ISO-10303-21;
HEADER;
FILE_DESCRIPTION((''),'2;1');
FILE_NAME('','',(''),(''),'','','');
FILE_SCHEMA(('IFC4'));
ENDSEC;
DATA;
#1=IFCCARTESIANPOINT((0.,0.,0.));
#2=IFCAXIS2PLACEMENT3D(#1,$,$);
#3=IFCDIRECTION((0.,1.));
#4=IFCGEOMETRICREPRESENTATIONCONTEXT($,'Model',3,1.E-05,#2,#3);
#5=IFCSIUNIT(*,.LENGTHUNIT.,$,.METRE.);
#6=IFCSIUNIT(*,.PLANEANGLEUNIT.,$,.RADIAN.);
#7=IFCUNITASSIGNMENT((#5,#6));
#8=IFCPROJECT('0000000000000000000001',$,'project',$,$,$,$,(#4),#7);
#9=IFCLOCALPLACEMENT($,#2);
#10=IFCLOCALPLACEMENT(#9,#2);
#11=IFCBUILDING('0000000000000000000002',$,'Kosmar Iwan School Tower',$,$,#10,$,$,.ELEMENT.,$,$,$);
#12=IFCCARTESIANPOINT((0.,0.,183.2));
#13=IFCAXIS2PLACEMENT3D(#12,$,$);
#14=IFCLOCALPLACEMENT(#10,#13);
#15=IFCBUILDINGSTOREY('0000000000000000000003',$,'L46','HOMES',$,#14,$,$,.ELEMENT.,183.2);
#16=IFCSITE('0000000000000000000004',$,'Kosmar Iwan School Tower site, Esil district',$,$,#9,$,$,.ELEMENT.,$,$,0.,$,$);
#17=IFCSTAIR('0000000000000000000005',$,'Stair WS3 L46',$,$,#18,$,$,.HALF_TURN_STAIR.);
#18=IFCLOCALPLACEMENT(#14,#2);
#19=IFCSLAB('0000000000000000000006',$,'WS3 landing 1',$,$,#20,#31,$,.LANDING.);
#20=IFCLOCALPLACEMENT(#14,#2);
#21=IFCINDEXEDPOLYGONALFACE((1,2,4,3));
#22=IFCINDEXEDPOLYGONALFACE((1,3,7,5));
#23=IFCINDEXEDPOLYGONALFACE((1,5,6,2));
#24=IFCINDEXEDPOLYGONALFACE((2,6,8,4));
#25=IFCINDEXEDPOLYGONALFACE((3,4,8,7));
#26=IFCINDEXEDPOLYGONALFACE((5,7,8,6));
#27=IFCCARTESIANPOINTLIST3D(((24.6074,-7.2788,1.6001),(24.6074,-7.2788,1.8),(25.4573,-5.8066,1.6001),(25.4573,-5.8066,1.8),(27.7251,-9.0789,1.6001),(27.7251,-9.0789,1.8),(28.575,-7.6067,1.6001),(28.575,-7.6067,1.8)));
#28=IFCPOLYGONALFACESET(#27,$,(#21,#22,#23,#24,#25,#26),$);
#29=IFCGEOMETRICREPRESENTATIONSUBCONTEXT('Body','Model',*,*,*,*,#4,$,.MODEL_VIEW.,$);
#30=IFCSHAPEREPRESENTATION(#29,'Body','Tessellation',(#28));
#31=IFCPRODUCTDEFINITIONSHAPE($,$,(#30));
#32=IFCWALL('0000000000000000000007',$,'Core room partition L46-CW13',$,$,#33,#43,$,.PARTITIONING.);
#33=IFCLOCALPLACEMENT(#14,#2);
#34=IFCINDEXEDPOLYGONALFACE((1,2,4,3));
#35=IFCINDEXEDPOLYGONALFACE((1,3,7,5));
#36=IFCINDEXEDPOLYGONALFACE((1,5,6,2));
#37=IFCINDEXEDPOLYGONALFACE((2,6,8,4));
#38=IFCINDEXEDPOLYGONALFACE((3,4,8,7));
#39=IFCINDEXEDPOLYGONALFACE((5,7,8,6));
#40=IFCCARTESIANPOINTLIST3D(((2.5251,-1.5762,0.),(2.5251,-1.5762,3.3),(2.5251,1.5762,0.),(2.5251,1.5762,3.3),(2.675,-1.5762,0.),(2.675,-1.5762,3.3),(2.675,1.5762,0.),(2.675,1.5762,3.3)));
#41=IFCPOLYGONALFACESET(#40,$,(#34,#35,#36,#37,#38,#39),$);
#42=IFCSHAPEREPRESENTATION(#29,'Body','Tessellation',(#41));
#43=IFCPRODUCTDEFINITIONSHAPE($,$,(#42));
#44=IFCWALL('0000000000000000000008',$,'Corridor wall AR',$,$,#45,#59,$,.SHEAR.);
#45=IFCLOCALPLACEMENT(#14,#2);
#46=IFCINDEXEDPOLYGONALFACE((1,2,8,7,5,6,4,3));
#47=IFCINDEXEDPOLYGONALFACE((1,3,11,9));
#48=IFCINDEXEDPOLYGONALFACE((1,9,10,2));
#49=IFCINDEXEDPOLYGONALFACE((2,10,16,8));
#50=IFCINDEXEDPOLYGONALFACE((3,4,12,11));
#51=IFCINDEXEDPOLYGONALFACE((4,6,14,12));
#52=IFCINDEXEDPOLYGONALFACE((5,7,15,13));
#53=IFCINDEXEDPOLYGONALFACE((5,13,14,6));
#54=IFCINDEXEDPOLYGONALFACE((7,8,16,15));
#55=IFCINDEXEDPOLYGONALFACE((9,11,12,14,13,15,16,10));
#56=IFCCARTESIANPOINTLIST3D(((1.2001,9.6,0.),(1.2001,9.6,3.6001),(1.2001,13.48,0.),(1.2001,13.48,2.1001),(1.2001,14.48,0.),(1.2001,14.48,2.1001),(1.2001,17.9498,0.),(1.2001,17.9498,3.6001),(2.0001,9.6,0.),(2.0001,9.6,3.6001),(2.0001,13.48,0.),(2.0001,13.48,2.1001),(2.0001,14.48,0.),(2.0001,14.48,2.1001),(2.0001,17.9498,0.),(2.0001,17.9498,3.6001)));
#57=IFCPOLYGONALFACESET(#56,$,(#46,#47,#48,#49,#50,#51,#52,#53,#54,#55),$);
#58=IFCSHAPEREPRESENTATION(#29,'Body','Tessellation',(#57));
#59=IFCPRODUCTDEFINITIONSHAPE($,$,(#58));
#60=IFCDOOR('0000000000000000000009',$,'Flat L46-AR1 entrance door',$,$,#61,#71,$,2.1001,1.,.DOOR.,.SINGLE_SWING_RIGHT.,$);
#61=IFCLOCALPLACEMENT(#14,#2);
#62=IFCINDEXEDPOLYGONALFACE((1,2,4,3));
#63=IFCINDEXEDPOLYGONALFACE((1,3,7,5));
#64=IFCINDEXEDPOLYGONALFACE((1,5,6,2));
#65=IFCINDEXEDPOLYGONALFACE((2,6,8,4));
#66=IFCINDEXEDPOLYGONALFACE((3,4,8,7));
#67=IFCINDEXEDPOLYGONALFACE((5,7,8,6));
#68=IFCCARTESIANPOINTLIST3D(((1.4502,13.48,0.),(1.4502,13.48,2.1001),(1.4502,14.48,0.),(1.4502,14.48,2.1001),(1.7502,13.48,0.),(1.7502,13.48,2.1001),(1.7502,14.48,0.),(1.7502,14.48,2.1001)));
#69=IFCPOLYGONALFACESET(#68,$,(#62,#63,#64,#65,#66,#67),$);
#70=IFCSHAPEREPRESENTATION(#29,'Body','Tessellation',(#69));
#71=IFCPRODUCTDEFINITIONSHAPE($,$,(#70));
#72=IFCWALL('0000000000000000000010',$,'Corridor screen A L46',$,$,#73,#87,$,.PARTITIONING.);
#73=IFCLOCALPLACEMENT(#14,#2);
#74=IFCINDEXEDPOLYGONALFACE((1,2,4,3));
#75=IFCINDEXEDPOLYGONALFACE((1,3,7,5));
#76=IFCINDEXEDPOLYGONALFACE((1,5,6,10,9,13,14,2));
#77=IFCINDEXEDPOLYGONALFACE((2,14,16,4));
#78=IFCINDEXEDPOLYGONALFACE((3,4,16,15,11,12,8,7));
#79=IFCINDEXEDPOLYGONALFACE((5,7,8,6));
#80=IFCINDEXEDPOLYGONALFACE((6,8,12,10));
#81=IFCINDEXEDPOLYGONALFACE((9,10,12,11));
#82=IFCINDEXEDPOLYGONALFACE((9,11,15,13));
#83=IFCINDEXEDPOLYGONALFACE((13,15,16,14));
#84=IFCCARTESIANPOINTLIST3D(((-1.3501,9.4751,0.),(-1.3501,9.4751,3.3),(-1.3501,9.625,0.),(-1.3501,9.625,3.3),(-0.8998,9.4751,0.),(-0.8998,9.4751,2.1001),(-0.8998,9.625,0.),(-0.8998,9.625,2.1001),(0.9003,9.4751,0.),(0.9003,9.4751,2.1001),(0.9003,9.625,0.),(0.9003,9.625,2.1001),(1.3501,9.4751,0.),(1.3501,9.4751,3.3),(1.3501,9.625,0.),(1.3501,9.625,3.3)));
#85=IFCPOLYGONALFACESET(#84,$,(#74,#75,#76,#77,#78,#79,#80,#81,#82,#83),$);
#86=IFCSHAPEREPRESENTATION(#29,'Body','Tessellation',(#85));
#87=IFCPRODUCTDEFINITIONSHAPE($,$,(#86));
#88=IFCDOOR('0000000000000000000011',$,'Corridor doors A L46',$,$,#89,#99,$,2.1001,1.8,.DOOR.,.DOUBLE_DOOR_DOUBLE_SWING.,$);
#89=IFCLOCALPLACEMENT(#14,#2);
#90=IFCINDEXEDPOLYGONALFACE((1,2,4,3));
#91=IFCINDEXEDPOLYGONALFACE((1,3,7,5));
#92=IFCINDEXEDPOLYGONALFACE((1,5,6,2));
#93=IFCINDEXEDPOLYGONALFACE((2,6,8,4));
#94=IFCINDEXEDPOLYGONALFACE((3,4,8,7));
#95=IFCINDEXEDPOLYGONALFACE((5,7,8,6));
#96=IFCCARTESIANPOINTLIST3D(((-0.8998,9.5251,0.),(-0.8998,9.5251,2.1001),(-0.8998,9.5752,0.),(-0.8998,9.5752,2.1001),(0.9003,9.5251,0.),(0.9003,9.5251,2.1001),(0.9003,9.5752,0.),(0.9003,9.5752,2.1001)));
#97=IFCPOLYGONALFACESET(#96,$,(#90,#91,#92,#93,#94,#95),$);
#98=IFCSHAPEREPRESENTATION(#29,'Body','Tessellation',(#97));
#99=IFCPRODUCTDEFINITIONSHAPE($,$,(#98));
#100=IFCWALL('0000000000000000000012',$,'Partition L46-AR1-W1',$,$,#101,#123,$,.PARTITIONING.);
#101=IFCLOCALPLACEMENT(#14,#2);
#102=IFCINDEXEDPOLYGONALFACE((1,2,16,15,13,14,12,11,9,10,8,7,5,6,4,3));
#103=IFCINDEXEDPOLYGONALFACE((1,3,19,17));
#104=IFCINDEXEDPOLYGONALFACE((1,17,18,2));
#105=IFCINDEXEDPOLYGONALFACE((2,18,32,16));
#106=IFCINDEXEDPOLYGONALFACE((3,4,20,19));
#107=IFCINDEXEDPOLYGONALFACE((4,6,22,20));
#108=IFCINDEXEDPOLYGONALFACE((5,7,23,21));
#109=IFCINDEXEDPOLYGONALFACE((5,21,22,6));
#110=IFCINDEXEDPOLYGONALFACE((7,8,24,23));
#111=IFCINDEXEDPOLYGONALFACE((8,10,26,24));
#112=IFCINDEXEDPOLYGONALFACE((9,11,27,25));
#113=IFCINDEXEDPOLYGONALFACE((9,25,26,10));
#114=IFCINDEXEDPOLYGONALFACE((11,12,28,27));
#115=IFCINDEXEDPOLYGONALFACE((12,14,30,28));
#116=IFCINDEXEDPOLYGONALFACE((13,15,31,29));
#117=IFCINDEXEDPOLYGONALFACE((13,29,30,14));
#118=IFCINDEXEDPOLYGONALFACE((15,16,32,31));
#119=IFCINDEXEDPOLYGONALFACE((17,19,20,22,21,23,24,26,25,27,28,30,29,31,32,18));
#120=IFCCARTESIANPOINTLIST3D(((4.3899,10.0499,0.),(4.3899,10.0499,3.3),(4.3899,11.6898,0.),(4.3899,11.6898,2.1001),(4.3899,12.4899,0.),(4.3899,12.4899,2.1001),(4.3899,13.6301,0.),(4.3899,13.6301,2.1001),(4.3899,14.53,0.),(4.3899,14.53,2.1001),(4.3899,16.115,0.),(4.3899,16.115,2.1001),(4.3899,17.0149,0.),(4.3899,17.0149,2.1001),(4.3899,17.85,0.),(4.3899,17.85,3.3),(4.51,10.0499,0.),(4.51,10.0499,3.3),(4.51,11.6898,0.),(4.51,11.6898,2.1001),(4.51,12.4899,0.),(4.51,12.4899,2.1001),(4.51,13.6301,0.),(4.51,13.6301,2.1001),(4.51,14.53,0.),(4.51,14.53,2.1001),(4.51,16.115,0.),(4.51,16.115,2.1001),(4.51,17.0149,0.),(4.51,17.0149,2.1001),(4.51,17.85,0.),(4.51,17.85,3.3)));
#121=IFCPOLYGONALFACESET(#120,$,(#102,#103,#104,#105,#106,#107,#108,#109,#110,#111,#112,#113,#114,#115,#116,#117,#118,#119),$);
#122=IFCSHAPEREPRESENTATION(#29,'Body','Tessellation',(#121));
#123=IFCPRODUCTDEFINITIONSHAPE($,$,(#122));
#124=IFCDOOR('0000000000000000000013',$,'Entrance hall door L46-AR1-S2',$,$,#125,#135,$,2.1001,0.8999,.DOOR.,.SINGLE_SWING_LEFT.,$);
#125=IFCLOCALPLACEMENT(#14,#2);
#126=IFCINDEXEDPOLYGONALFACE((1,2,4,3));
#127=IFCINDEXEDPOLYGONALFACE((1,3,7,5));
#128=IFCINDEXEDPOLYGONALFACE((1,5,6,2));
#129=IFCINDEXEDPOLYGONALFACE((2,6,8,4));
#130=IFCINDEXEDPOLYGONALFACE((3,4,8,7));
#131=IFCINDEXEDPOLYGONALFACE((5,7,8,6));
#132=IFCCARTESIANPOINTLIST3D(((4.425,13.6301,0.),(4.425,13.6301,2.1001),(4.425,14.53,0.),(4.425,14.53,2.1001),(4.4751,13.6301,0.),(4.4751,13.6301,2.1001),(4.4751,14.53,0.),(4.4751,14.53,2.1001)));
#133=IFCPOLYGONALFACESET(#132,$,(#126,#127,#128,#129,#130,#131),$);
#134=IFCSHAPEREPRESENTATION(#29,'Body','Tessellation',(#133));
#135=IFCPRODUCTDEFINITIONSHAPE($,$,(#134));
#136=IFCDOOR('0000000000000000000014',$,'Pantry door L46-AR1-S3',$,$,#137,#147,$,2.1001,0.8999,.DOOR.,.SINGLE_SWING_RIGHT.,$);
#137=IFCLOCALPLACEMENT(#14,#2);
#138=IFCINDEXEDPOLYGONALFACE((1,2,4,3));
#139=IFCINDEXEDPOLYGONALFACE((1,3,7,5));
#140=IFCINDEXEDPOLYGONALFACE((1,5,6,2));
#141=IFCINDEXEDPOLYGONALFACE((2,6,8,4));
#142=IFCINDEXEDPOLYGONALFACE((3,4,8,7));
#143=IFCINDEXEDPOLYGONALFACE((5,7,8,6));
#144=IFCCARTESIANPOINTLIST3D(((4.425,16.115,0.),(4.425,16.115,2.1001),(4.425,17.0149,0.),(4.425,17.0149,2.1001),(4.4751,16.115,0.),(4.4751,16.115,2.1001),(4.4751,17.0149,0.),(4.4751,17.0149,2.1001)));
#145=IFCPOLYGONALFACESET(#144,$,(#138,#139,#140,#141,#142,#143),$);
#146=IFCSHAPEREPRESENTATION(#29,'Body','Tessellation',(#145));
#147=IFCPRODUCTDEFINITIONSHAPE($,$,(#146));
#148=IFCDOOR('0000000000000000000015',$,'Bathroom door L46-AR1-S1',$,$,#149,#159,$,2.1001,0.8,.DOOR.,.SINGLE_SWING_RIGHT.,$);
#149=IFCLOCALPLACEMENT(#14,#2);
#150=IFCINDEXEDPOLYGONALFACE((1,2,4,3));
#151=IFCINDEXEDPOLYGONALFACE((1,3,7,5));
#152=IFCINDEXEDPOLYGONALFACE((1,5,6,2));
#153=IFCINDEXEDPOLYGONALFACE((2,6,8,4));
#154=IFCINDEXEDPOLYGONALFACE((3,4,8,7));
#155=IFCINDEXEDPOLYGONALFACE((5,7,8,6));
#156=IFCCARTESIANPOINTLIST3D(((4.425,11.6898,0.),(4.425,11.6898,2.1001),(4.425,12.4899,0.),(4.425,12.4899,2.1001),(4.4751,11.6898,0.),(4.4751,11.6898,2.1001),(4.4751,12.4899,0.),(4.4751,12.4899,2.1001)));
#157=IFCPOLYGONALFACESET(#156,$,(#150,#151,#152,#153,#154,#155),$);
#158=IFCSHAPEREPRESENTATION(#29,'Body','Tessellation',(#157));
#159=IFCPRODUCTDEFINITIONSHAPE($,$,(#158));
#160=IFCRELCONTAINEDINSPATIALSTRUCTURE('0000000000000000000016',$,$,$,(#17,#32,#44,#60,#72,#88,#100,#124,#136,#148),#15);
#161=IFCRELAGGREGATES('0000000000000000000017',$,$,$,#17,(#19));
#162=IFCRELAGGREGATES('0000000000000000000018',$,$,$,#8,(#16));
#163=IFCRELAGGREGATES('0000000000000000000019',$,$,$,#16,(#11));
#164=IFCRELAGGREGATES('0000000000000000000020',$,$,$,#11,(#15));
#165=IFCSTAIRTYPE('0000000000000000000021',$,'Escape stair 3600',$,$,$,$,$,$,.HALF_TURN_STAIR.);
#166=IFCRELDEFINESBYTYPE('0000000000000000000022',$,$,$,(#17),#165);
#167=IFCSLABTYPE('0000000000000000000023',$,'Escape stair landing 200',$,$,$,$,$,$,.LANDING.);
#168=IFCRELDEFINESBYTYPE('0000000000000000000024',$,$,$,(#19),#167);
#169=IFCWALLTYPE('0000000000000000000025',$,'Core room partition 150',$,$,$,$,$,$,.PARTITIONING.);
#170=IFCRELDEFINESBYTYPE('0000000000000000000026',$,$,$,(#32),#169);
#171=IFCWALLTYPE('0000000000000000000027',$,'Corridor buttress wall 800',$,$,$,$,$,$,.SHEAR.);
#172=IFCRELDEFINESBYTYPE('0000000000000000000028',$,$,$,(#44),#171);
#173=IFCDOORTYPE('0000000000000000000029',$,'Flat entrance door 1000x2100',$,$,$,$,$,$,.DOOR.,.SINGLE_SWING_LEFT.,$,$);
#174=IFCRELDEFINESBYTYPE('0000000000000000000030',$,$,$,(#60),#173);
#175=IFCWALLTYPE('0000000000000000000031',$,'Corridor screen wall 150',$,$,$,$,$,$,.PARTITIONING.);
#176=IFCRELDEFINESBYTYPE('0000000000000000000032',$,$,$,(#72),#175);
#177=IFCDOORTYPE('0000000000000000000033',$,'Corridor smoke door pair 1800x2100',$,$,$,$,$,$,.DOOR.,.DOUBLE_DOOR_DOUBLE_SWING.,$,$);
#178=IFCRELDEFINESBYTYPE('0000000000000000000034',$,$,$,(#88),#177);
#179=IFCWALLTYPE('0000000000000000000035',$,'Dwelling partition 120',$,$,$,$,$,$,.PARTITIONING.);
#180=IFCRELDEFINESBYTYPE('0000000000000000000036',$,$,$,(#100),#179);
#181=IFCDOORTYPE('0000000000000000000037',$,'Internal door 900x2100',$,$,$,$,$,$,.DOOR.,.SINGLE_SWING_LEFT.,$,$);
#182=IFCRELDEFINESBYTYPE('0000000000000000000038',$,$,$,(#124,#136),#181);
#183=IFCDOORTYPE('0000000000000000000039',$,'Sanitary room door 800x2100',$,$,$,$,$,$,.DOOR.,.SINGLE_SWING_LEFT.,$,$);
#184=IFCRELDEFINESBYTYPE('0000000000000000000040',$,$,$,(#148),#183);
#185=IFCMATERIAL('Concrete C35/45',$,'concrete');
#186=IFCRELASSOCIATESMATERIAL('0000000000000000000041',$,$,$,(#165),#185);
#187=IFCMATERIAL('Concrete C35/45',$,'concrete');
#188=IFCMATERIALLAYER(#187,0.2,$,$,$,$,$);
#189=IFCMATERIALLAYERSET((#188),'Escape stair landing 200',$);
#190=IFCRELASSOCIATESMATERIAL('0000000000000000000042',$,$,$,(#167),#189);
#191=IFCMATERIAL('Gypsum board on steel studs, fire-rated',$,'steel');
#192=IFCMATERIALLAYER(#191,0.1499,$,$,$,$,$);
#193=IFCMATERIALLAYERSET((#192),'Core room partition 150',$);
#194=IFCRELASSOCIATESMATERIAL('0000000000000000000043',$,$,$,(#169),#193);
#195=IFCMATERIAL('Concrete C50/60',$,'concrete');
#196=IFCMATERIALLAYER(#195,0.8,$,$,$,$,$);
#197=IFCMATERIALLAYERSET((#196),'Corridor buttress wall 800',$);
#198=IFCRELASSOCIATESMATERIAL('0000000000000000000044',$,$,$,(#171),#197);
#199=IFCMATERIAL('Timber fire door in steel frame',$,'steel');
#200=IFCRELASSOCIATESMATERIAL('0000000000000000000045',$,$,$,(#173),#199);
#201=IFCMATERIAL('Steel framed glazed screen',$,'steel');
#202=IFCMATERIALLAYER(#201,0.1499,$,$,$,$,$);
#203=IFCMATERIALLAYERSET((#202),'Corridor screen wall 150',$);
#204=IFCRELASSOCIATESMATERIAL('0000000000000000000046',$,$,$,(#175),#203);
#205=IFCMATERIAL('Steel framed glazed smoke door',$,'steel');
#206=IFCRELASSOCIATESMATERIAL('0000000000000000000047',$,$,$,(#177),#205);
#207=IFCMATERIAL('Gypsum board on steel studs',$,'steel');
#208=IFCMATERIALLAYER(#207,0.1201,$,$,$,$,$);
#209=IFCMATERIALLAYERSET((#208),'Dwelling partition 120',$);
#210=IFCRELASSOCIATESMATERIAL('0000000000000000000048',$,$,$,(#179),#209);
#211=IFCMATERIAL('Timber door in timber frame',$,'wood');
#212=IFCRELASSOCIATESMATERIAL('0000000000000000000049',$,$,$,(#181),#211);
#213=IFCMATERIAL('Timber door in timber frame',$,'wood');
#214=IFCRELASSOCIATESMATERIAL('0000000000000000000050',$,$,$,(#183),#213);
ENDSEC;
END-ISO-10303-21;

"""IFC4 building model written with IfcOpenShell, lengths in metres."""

from ifc_helpers import new_model, si_unit, direction, frame, frame_2d, origin, place, context, subcontext, project, spatial, polyline, rectangle, outline, extrude, material, layer, layer_set, type_object, element, fill, aggregate, save


model = new_model("IFC4")

# Units and contexts
model_context = context("Model", 3, precision=1e-05, world=origin(), true_north=direction((0.0, 1.0)))
body_context = subcontext(model_context, "Body", "Model", "MODEL_VIEW")
ifc_project = project(units=[si_unit("LENGTHUNIT", "METRE"), si_unit("PLANEANGLEUNIT", "RADIAN")], contexts=[model_context])

# Site, building, storey
site_placement = place(None, origin())
site = spatial("IfcSite", under=ifc_project, at=site_placement, Name="Kosmar Iwan School Tower site, Esil district", CompositionType="ELEMENT", RefElevation=0.0)
building_placement = place(site_placement, origin())
building = spatial("IfcBuilding", under=site, at=building_placement, Name="Kosmar Iwan School Tower", CompositionType="ELEMENT")
storey_placement = place(building_placement, frame((0.0, 0.0, 183.2)))
storey = spatial("IfcBuildingStorey", under=building, at=storey_placement, Name="L46", Description="HOMES", CompositionType="ELEMENT", Elevation=183.2)

# Stair, slab
ifc_material_1 = material(Name="Concrete C35/45", Category="concrete")
stair_type_1 = type_object("IfcStairType", Name="Escape stair 3600", PredefinedType="HALF_TURN_STAIR", material=ifc_material_1)
stair_1_placement = place(storey_placement, origin())
stair_1 = element("IfcStair", 1, at=stair_1_placement, inside=storey, type_object=stair_type_1, Name="Stair WS3 L46", PredefinedType="HALF_TURN_STAIR")
ifc_material_2 = material(Name="Concrete C35/45", Category="concrete")
ifc_layer_1 = layer(ifc_material_2, 0.2)
ifc_layer_set_1 = layer_set([ifc_layer_1], Name="Escape stair landing 200")
slab_type = type_object("IfcSlabType", Name="Escape stair landing 200", PredefinedType="LANDING", material=ifc_layer_set_1)
slab_placement = place(storey_placement, frame((0.0, 0.0, 1.6001)))
slab = element("IfcSlab", 2, at=slab_placement, type_object=slab_type, Name="WS3 landing 1", PredefinedType="LANDING", context=body_context, shape_type="SweptSolid", body=[
    extrude(outline(polyline([(24.6074, -7.2788), (27.7251, -9.0789), (28.575, -7.6067), (25.4573, -5.8066), (24.6074, -7.2788)])), origin(), (0.0, 0.0, 1.0), 0.2),
])
aggregate(stair_1, [slab])

# Wall
ifc_material_3 = material(Name="Gypsum board on steel studs, fire-rated", Category="steel")
ifc_layer_2 = layer(ifc_material_3, 0.1499)
ifc_layer_set_2 = layer_set([ifc_layer_2], Name="Core room partition 150")
wall_type_1 = type_object("IfcWallType", Name="Core room partition 150", PredefinedType="PARTITIONING", material=ifc_layer_set_2)
wall_1_placement = place(storey_placement, frame((2.6001, 1.5762, 0.0), z_axis=(0.0, 0.0, 1.0), x_axis=(0.0, -1.0, 0.0)))
element("IfcWall", 3, at=wall_1_placement, inside=storey, type_object=wall_type_1, Name="Core room partition L46-CW13", PredefinedType="PARTITIONING", context=body_context, shape_type="SweptSolid", body=[
    extrude(rectangle(XDim=3.1523, YDim=0.1499, at=frame_2d((1.5762, 0.0))), origin(), (0.0, 0.0, 1.0), 3.3),
])

# Walls, openings, doors
ifc_material_4 = material(Name="Concrete C50/60", Category="concrete")
ifc_layer_3 = layer(ifc_material_4, 0.8)
ifc_layer_set_3 = layer_set([ifc_layer_3], Name="Corridor buttress wall 800")
wall_type_2 = type_object("IfcWallType", Name="Corridor buttress wall 800", PredefinedType="SHEAR", material=ifc_layer_set_3)
wall_2_placement = place(storey_placement, frame((1.6001, 9.6001, 0.0), z_axis=(0.0, 0.0, 1.0), x_axis=(0.0, 1.0, 0.0)))
wall_2 = element("IfcWall", 4, at=wall_2_placement, inside=storey, type_object=wall_type_2, Name="Corridor wall AR", PredefinedType="SHEAR", context=body_context, shape_type="SweptSolid", body=[
    extrude(rectangle(XDim=8.3499, YDim=0.8, at=frame_2d((4.1748, 0.0))), origin(), (0.0, 0.0, 1.0), 3.6001),
])
opening_1_placement = place(wall_2_placement, frame((3.8799, 0.0, 0.0)))
opening_1 = element("IfcOpeningElement", 5, at=opening_1_placement, cuts=wall_2, PredefinedType="OPENING", context=body_context, shape_type="SweptSolid", body=[
    extrude(rectangle(XDim=1.0, YDim=2.1001, at=frame_2d((0.5, 1.05))), frame((0.0, 0.4121, 0.0), z_axis=(0.0, -1.0, 0.0), x_axis=(1.0, 0.0, 0.0)), (0.0, 0.0, 1.0), 0.824),
])
ifc_material_5 = material(Name="Timber fire door in steel frame", Category="steel")
door_type_1 = type_object("IfcDoorType", Name="Flat entrance door 1000x2100", OperationType="SINGLE_SWING_LEFT", PredefinedType="DOOR", material=ifc_material_5)
door_1_placement = place(opening_1_placement, origin())
door_1 = element("IfcDoor", 6, at=door_1_placement, inside=storey, type_object=door_type_1, Name="Flat L46-AR1 entrance door", OperationType="SINGLE_SWING_RIGHT", OverallHeight=2.1001, OverallWidth=1.0, PredefinedType="DOOR", context=body_context, shape_type="SweptSolid", body=[
    extrude(rectangle(XDim=1.0, YDim=2.1001, at=frame_2d((0.5, 1.05))), frame((0.0, 0.1499, 0.0), z_axis=(0.0, -1.0, 0.0), x_axis=(1.0, 0.0, 0.0)), (0.0, 0.0, 1.0), 0.3),
])
fill(opening_1, door_1)
ifc_material_6 = material(Name="Steel framed glazed screen", Category="steel")
ifc_layer_4 = layer(ifc_material_6, 0.1499)
ifc_layer_set_4 = layer_set([ifc_layer_4], Name="Corridor screen wall 150")
wall_type_3 = type_object("IfcWallType", Name="Corridor screen wall 150", PredefinedType="PARTITIONING", material=ifc_layer_set_4)
wall_3_placement = place(storey_placement, frame((1.3501, 9.55, 0.0), z_axis=(0.0, 0.0, 1.0), x_axis=(-1.0, 0.0, 0.0)))
wall_3 = element("IfcWall", 7, at=wall_3_placement, inside=storey, type_object=wall_type_3, Name="Corridor screen A L46", PredefinedType="PARTITIONING", context=body_context, shape_type="SweptSolid", body=[
    extrude(rectangle(XDim=2.7002, YDim=0.1499, at=frame_2d((1.3501, 0.0))), origin(), (0.0, 0.0, 1.0), 3.3),
])
opening_2_placement = place(wall_3_placement, frame((0.45, 0.0, 0.0)))
opening_2 = element("IfcOpeningElement", 8, at=opening_2_placement, cuts=wall_3, PredefinedType="OPENING", context=body_context, shape_type="SweptSolid", body=[
    extrude(rectangle(XDim=1.8, YDim=2.1001, at=frame_2d((0.8999, 1.05))), frame((0.0, 0.0869, 0.0), z_axis=(0.0, -1.0, 0.0), x_axis=(1.0, 0.0, 0.0)), (0.0, 0.0, 1.0), 0.1738),
])
ifc_material_7 = material(Name="Steel framed glazed smoke door", Category="steel")
door_type_2 = type_object("IfcDoorType", Name="Corridor smoke door pair 1800x2100", OperationType="DOUBLE_DOOR_DOUBLE_SWING", PredefinedType="DOOR", material=ifc_material_7)
door_2_placement = place(opening_2_placement, origin())
door_2 = element("IfcDoor", 9, at=door_2_placement, inside=storey, type_object=door_type_2, Name="Corridor doors A L46", OperationType="DOUBLE_DOOR_DOUBLE_SWING", OverallHeight=2.1001, OverallWidth=1.8, PredefinedType="DOOR", context=body_context, shape_type="SweptSolid", body=[
    extrude(rectangle(XDim=1.8, YDim=2.1001, at=frame_2d((0.8999, 1.05))), frame((0.0, 0.0249, 0.0), z_axis=(0.0, -1.0, 0.0), x_axis=(1.0, 0.0, 0.0)), (0.0, 0.0, 1.0), 0.05),
])
fill(opening_2, door_2)

# Wall, openings, doors
ifc_material_8 = material(Name="Gypsum board on steel studs", Category="steel")
ifc_layer_5 = layer(ifc_material_8, 0.1201)
ifc_layer_set_5 = layer_set([ifc_layer_5], Name="Dwelling partition 120")
wall_type_4 = type_object("IfcWallType", Name="Dwelling partition 120", PredefinedType="PARTITIONING", material=ifc_layer_set_5)
wall_4_placement = place(storey_placement, frame((4.45, 10.05, 0.0), z_axis=(0.0, 0.0, 1.0), x_axis=(0.0, 1.0, 0.0)))
wall_4 = element("IfcWall", 10, at=wall_4_placement, inside=storey, type_object=wall_type_4, Name="Partition L46-AR1-W1", PredefinedType="PARTITIONING", context=body_context, shape_type="SweptSolid", body=[
    extrude(rectangle(XDim=7.8, YDim=0.1201, at=frame_2d((3.8999, 0.0))), origin(), (0.0, 0.0, 1.0), 3.3),
])
opening_3_placement = place(wall_4_placement, frame((1.6399, 0.0, 0.0)))
opening_3 = element("IfcOpeningElement", 11, at=opening_3_placement, cuts=wall_4, PredefinedType="OPENING", context=body_context, shape_type="SweptSolid", body=[
    extrude(rectangle(XDim=0.8, YDim=2.1001, at=frame_2d((0.3999, 1.05))), frame((0.0, 0.072, 0.0), z_axis=(0.0, -1.0, 0.0), x_axis=(1.0, 0.0, 0.0)), (0.0, 0.0, 1.0), 0.144),
])
opening_4_placement = place(wall_4_placement, frame((3.5801, 0.0, 0.0)))
opening_4 = element("IfcOpeningElement", 12, at=opening_4_placement, cuts=wall_4, PredefinedType="OPENING", context=body_context, shape_type="SweptSolid", body=[
    extrude(rectangle(XDim=0.8999, YDim=2.1001, at=frame_2d((0.45, 1.05))), frame((0.0, 0.072, 0.0), z_axis=(0.0, -1.0, 0.0), x_axis=(1.0, 0.0, 0.0)), (0.0, 0.0, 1.0), 0.144),
])
opening_5_placement = place(wall_4_placement, frame((6.0649, 0.0, 0.0)))
opening_5 = element("IfcOpeningElement", 13, at=opening_5_placement, cuts=wall_4, PredefinedType="OPENING", context=body_context, shape_type="SweptSolid", body=[
    extrude(rectangle(XDim=0.8999, YDim=2.1001, at=frame_2d((0.45, 1.05))), frame((0.0, 0.072, 0.0), z_axis=(0.0, -1.0, 0.0), x_axis=(1.0, 0.0, 0.0)), (0.0, 0.0, 1.0), 0.144),
])
ifc_material_9 = material(Name="Timber door in timber frame", Category="wood")
door_type_3 = type_object("IfcDoorType", Name="Internal door 900x2100", OperationType="SINGLE_SWING_LEFT", PredefinedType="DOOR", material=ifc_material_9)
door_3_placement = place(opening_4_placement, origin())
door_3 = element("IfcDoor", 14, at=door_3_placement, inside=storey, type_object=door_type_3, Name="Entrance hall door L46-AR1-S2", OperationType="SINGLE_SWING_LEFT", OverallHeight=2.1001, OverallWidth=0.8999, PredefinedType="DOOR", context=body_context, shape_type="SweptSolid", body=[
    extrude(rectangle(XDim=0.8999, YDim=2.1001, at=frame_2d((0.45, 1.05))), frame((0.0, 0.0249, 0.0), z_axis=(0.0, -1.0, 0.0), x_axis=(1.0, 0.0, 0.0)), (0.0, 0.0, 1.0), 0.05),
])
fill(opening_4, door_3)
door_4_placement = place(opening_5_placement, origin())
door_4 = element("IfcDoor", 15, at=door_4_placement, inside=storey, type_object=door_type_3, Name="Pantry door L46-AR1-S3", OperationType="SINGLE_SWING_RIGHT", OverallHeight=2.1001, OverallWidth=0.8999, PredefinedType="DOOR", context=body_context, shape_type="SweptSolid", body=[
    extrude(rectangle(XDim=0.8999, YDim=2.1001, at=frame_2d((0.45, 1.05))), frame((0.0, 0.0249, 0.0), z_axis=(0.0, -1.0, 0.0), x_axis=(1.0, 0.0, 0.0)), (0.0, 0.0, 1.0), 0.05),
])
fill(opening_5, door_4)
ifc_material_10 = material(Name="Timber door in timber frame", Category="wood")
door_type_4 = type_object("IfcDoorType", Name="Sanitary room door 800x2100", OperationType="SINGLE_SWING_LEFT", PredefinedType="DOOR", material=ifc_material_10)
door_5_placement = place(opening_3_placement, origin())
door_5 = element("IfcDoor", 16, at=door_5_placement, inside=storey, type_object=door_type_4, Name="Bathroom door L46-AR1-S1", OperationType="SINGLE_SWING_RIGHT", OverallHeight=2.1001, OverallWidth=0.8, PredefinedType="DOOR", context=body_context, shape_type="SweptSolid", body=[
    extrude(rectangle(XDim=0.8, YDim=2.1001, at=frame_2d((0.3999, 1.05))), frame((0.0, 0.0249, 0.0), z_axis=(0.0, -1.0, 0.0), x_axis=(1.0, 0.0, 0.0)), (0.0, 0.0, 1.0), 0.05),
])
fill(opening_3, door_5)

save(model, "model.ifc")
